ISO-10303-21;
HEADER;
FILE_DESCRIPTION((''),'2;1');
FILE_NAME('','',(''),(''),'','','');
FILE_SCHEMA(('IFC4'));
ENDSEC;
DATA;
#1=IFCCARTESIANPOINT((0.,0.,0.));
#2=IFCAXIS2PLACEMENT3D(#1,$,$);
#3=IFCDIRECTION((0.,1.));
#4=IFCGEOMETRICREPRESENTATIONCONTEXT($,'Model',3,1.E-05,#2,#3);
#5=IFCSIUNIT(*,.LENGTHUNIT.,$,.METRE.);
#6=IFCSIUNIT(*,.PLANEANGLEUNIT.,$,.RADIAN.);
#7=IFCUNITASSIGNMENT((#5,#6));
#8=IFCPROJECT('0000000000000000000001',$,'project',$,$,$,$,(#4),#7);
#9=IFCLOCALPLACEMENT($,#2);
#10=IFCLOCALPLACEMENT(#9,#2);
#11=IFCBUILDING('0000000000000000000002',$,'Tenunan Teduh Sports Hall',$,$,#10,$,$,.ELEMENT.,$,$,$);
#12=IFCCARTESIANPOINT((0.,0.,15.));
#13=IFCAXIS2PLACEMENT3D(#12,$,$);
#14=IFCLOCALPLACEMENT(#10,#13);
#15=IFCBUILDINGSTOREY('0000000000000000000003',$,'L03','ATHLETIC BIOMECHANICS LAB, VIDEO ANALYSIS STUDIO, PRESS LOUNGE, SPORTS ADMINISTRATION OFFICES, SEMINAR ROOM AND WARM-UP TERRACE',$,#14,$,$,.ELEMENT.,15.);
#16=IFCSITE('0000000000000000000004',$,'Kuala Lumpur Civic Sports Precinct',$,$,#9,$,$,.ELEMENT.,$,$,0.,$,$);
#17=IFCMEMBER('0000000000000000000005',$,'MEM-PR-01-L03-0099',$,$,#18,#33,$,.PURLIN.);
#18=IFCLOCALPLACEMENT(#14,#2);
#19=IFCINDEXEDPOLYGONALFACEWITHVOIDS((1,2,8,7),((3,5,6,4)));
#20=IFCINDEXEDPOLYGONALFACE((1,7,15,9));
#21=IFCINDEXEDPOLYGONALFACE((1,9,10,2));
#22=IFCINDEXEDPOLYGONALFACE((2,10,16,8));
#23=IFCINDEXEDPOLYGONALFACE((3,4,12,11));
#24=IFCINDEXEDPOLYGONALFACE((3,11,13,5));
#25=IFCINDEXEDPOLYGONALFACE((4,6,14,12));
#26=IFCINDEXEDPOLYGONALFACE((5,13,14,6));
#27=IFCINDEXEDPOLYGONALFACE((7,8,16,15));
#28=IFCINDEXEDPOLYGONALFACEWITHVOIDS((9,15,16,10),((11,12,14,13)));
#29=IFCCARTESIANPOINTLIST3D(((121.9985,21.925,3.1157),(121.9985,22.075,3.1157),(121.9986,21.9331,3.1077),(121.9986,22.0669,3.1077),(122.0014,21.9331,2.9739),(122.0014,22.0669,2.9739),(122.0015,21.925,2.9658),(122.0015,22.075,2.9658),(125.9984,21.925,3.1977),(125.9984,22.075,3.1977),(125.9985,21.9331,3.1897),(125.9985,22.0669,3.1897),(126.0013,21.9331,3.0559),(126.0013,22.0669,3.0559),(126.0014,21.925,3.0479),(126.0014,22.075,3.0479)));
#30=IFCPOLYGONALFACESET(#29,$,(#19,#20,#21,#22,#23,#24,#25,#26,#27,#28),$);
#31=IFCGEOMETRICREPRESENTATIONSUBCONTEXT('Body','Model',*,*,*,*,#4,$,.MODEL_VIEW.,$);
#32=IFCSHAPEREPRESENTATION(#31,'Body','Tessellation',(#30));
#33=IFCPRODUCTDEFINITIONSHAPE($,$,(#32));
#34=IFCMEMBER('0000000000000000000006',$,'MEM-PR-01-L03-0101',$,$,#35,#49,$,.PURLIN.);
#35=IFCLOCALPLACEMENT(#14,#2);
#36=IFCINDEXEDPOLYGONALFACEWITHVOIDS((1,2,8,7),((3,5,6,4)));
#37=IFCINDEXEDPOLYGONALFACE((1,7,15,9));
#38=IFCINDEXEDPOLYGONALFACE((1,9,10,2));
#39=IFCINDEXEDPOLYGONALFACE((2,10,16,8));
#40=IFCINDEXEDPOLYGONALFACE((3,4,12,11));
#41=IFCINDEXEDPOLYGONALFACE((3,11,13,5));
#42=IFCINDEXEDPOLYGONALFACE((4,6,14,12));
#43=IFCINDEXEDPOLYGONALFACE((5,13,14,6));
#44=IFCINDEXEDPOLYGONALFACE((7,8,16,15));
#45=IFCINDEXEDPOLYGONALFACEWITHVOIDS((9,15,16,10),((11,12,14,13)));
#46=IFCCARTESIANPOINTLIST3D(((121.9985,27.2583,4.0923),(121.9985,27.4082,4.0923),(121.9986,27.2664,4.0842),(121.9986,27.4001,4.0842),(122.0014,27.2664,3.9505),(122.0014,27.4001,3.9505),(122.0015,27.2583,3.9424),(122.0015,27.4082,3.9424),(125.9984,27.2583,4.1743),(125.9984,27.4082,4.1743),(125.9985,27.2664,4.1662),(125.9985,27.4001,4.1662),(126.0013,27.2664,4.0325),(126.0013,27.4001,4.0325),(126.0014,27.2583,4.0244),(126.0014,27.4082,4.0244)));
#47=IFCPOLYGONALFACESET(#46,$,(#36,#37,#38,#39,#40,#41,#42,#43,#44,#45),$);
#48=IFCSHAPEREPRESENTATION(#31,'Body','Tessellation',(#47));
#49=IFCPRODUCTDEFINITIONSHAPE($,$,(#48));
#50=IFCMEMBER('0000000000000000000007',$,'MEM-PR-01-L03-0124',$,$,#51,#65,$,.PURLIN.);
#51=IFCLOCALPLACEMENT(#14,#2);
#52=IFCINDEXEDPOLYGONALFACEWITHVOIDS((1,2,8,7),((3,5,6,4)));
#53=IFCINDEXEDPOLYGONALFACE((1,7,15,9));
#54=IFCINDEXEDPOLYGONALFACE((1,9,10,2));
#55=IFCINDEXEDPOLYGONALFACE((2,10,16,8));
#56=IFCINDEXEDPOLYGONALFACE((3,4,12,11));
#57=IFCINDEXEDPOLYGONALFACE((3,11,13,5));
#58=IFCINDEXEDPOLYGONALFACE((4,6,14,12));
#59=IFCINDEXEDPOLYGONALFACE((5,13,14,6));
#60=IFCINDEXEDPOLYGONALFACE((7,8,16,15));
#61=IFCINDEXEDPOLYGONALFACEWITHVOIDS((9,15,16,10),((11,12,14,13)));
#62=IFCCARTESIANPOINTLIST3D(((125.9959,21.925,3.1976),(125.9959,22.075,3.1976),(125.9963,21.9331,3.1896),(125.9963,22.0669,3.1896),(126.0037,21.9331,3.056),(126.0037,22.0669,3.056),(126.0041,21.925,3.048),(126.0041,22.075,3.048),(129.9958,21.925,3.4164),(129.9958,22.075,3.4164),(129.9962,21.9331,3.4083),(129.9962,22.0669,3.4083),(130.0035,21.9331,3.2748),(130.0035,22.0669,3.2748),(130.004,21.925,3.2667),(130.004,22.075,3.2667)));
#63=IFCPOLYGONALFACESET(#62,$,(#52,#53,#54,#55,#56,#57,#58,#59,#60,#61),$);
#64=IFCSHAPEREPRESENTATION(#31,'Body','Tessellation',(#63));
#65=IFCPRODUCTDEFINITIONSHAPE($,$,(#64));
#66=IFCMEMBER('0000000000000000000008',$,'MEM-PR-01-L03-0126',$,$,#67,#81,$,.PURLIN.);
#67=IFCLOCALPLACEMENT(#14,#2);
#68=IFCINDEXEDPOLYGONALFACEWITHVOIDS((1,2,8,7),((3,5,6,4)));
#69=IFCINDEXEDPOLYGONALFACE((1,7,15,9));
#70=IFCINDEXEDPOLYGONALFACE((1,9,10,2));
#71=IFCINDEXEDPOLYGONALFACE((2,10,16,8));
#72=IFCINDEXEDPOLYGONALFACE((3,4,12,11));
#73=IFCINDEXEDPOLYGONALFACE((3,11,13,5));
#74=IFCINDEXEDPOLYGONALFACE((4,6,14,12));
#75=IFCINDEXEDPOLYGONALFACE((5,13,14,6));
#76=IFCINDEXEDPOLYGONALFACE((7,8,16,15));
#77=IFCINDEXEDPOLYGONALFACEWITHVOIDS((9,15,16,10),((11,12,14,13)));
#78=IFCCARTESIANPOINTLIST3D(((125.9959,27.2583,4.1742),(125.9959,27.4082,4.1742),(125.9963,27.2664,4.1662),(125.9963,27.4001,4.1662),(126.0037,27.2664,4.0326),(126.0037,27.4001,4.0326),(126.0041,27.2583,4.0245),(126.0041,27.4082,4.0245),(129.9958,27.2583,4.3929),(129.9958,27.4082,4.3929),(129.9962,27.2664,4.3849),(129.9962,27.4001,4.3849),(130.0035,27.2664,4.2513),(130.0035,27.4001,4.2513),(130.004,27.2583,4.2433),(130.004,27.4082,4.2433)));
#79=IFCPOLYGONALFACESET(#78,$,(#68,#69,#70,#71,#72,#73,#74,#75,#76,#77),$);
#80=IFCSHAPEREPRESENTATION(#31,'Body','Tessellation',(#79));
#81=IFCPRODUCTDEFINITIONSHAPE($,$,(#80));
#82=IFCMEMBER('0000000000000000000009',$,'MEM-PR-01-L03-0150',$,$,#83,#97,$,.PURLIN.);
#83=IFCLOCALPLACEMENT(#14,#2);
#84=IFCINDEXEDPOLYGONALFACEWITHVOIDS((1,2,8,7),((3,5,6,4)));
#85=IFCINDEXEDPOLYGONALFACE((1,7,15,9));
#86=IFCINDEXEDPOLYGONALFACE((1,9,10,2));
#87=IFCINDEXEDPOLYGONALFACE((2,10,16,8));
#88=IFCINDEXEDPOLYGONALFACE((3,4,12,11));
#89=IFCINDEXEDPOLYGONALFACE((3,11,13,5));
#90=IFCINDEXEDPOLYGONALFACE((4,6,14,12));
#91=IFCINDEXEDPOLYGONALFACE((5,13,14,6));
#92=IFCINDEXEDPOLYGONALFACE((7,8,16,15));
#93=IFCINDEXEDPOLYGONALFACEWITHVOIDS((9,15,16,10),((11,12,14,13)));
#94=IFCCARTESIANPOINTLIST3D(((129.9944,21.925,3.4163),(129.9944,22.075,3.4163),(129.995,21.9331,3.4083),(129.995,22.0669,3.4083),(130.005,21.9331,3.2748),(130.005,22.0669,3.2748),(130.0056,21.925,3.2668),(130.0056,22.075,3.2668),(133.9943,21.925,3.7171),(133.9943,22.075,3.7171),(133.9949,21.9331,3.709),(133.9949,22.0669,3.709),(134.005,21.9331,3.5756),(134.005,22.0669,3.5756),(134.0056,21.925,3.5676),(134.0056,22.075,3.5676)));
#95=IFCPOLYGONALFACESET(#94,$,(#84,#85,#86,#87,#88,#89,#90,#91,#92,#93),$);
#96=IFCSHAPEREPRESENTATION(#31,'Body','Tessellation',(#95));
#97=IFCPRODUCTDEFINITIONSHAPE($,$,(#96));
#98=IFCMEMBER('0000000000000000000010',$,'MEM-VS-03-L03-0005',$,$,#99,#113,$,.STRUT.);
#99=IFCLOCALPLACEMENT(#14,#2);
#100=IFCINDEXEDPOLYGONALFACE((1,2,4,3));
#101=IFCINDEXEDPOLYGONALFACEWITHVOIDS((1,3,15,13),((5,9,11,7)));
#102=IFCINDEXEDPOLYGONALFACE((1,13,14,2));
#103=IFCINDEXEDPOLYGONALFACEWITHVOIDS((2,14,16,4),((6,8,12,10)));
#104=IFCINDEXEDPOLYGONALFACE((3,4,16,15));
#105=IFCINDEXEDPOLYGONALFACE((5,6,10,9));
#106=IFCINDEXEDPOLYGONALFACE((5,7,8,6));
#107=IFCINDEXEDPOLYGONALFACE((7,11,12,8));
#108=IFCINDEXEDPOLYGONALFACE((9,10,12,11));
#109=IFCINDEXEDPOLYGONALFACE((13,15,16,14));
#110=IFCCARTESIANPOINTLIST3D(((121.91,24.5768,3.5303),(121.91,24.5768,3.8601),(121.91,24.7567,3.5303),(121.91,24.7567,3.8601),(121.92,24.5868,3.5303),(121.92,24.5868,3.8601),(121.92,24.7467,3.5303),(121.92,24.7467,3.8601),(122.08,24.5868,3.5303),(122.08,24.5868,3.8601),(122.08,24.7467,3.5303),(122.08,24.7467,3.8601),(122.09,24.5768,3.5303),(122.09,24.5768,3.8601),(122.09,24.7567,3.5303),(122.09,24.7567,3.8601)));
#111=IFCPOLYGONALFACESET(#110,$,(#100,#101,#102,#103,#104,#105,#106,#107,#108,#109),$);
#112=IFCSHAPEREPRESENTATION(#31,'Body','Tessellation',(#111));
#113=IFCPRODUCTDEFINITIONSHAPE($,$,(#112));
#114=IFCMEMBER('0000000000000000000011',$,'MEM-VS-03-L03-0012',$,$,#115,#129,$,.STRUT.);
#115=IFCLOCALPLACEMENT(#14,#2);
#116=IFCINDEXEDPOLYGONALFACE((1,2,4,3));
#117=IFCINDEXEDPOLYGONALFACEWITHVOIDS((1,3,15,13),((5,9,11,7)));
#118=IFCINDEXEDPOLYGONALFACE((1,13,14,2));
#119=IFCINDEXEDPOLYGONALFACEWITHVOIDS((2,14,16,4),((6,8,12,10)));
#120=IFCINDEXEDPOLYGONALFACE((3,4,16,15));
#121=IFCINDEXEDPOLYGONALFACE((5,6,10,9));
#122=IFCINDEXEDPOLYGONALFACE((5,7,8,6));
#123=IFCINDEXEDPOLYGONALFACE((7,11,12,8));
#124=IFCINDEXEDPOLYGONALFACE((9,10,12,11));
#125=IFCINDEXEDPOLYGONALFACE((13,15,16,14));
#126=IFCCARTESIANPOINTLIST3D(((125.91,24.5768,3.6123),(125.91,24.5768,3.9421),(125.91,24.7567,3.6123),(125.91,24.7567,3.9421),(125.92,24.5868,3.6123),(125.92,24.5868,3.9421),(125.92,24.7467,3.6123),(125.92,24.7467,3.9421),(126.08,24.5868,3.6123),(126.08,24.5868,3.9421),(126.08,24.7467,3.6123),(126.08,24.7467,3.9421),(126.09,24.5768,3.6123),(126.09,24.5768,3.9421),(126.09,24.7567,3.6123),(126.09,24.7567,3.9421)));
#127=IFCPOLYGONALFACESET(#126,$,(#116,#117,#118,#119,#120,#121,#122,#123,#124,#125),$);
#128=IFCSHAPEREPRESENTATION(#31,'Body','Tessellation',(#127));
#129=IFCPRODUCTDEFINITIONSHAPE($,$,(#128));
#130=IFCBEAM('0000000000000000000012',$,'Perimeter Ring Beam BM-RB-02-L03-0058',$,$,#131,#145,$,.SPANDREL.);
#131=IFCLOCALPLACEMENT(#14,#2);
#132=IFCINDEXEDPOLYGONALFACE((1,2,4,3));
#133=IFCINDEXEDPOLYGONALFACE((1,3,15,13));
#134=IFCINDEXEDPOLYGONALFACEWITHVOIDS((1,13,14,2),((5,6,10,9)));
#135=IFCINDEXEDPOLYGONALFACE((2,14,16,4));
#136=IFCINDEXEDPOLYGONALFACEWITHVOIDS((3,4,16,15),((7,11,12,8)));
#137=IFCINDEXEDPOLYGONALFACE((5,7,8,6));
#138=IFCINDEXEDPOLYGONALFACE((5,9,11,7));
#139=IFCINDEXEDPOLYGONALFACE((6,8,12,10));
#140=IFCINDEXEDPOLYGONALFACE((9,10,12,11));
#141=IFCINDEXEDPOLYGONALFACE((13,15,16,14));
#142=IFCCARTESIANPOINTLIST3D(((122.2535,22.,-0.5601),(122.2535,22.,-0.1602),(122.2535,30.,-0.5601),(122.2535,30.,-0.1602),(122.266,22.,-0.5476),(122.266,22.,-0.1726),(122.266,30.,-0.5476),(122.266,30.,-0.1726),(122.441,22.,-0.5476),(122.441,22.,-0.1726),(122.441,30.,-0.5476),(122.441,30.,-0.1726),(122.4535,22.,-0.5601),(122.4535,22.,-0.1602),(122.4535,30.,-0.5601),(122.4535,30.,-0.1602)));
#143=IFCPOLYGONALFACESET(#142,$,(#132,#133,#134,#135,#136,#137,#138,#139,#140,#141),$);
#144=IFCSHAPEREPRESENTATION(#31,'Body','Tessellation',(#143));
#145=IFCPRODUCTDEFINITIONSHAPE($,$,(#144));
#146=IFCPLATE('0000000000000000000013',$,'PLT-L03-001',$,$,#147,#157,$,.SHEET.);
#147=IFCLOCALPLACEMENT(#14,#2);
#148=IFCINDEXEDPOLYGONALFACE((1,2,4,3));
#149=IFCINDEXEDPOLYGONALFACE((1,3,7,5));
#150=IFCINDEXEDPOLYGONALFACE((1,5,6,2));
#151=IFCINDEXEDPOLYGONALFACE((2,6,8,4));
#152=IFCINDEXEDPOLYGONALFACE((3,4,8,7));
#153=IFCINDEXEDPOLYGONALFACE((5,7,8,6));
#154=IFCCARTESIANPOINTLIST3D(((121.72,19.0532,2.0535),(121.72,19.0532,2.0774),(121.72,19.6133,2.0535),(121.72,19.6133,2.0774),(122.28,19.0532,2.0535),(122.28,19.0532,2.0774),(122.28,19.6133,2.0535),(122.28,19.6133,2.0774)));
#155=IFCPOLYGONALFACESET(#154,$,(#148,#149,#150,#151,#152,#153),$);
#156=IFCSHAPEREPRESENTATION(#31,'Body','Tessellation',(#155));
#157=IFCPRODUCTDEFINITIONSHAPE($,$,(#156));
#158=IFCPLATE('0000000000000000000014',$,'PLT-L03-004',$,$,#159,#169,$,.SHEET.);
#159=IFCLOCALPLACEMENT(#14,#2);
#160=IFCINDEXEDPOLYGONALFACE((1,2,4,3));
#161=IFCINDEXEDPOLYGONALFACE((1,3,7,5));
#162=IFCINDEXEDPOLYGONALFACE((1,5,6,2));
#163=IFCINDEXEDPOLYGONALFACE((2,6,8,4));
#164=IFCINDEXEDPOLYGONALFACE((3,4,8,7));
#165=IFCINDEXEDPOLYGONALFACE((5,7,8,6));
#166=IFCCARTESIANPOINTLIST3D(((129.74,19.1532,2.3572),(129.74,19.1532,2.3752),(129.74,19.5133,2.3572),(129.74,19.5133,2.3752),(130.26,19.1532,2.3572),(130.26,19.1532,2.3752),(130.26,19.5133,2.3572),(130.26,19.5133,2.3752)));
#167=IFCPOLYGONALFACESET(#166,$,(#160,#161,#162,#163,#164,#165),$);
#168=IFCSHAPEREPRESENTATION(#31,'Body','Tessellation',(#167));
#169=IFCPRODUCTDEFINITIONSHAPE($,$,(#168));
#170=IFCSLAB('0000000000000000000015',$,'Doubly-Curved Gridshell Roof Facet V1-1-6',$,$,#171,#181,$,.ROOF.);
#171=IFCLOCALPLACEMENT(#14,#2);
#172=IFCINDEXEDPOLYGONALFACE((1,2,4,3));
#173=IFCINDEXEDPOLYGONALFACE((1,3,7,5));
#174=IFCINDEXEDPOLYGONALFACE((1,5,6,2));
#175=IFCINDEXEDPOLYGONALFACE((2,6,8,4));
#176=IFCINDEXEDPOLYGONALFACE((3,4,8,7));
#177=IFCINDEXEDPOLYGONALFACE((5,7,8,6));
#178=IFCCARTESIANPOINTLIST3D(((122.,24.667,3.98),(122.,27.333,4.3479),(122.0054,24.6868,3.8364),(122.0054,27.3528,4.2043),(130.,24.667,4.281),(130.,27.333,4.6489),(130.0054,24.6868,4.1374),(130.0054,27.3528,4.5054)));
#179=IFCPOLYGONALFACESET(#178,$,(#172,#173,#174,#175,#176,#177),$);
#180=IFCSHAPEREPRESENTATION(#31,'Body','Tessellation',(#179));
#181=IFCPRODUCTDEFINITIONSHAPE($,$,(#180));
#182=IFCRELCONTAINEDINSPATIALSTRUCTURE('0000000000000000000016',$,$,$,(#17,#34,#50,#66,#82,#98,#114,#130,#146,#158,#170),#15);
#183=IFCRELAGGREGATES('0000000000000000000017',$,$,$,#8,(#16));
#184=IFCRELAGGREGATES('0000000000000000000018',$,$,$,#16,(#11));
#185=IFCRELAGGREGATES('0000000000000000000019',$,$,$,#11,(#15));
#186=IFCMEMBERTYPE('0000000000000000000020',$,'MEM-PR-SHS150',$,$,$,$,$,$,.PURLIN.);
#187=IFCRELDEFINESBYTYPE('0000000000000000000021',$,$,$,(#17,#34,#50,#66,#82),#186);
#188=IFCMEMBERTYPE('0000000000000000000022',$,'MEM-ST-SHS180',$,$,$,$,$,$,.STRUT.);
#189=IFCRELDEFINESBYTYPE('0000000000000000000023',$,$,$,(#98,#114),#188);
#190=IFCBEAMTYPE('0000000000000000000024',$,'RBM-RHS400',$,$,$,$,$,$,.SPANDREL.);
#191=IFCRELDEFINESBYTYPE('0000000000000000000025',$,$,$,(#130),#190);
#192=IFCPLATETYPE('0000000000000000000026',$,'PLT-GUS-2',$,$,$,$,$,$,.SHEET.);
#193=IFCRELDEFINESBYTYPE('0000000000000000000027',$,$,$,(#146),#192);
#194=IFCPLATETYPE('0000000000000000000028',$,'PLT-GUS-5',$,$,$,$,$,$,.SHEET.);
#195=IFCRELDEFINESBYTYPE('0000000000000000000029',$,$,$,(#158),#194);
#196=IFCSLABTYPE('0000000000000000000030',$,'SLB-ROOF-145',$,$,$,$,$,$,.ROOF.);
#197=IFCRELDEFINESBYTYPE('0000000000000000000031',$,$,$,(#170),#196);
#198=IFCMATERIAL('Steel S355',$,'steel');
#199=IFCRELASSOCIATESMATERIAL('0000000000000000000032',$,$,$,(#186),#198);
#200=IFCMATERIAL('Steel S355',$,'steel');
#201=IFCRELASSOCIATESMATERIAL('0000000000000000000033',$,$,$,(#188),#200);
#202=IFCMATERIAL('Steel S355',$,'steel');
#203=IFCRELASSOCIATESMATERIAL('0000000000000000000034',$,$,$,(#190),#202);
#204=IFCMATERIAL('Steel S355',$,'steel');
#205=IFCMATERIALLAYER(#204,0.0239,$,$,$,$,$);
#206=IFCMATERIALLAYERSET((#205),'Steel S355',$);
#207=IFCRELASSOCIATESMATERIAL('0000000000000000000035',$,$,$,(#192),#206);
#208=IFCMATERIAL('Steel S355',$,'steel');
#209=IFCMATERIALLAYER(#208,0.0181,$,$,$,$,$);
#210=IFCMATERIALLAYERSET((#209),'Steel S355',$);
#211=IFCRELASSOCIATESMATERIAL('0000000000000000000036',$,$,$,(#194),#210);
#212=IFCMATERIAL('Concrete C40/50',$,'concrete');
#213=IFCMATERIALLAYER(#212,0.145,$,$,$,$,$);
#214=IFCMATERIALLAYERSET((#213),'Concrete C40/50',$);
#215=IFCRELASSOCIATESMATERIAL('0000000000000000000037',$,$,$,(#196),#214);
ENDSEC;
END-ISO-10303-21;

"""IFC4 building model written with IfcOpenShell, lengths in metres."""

from ifc_helpers import new_model, si_unit, direction, frame, origin, origin_2d, place, context, subcontext, project, spatial, polyline, rectangle, hollow_rectangle, outline, extrude, material, layer, layer_set, material_profile, profile_set, type_object, element, save


model = new_model("IFC4")

# Units and contexts
model_context = context("Model", 3, precision=1e-05, world=origin(), true_north=direction((0.0, 1.0)))
body_context = subcontext(model_context, "Body", "Model", "MODEL_VIEW")
ifc_project = project(units=[si_unit("LENGTHUNIT", "METRE"), si_unit("PLANEANGLEUNIT", "RADIAN")], contexts=[model_context])

# Site, building, storey
site_placement = place(None, origin())
site = spatial("IfcSite", under=ifc_project, at=site_placement, Name="Kuala Lumpur Civic Sports Precinct", CompositionType="ELEMENT", RefElevation=0.0)
building_placement = place(site_placement, origin())
building = spatial("IfcBuilding", under=site, at=building_placement, Name="Tenunan Teduh Sports Hall", CompositionType="ELEMENT")
storey_placement = place(building_placement, frame((0.0, 0.0, 15.0)))
storey = spatial("IfcBuildingStorey", under=building, at=storey_placement, Name="L03", Description="ATHLETIC BIOMECHANICS LAB, VIDEO ANALYSIS STUDIO, PRESS LOUNGE, SPORTS ADMINISTRATION OFFICES, SEMINAR ROOM AND WARM-UP TERRACE", CompositionType="ELEMENT", Elevation=15.0)

# Members
ifc_material_1 = material(Name="Steel S355", Category="steel")
ifc_material_profile_1 = material_profile(ifc_material_1, hollow_rectangle(XDim=0.1499, YDim=0.1499, WallThickness=0.0081, at=origin_2d()), Name="SHS 150x150x8.0")
ifc_profile_set_1 = profile_set([ifc_material_profile_1], Name="Steel S355")
member_type_1 = type_object("IfcMemberType", Name="MEM-PR-SHS150", PredefinedType="PURLIN", material=ifc_profile_set_1)
for number, where, z_axis, x_axis, name in (
    (1, (122.0, 22.0, 3.0408), (0.99979, 0.0, 0.020504), (0.0, 1.0, 0.0), "MEM-PR-01-L03-0099"),
    (2, (122.0, 27.3333, 4.0173), (0.99979, 0.0, 0.020504), (0.0, 1.0, 0.0), "MEM-PR-01-L03-0101"),
):
    element("IfcMember", number, at=place(storey_placement, frame(where, z_axis=z_axis, x_axis=x_axis)), inside=storey, type_object=member_type_1, Name=name, PredefinedType="PURLIN", context=body_context, shape_type="SweptSolid", body=[
        extrude(hollow_rectangle(XDim=0.1499, YDim=0.1499, WallThickness=0.0081, at=origin_2d()), origin(), (0.0, 0.0, 1.0), 4.0007),
    ])
for number, where, z_axis, x_axis, name in (
    (3, (126.0, 22.0, 3.1228), (0.998508, 0.0, 0.054606), (0.0, 1.0, 0.0), "MEM-PR-01-L03-0124"),
    (4, (126.0, 27.3333, 4.0994), (0.998508, 0.0, 0.054606), (0.0, 1.0, 0.0), "MEM-PR-01-L03-0126"),
):
    element("IfcMember", number, at=place(storey_placement, frame(where, z_axis=z_axis, x_axis=x_axis)), inside=storey, type_object=member_type_1, Name=name, PredefinedType="PURLIN", context=body_context, shape_type="SweptSolid", body=[
        extrude(hollow_rectangle(XDim=0.1499, YDim=0.1499, WallThickness=0.0081, at=origin_2d()), origin(), (0.0, 0.0, 1.0), 4.0059),
    ])
member_1_placement = place(storey_placement, frame((130.0, 22.0, 3.3416), z_axis=(0.997185, 0.0, 0.074984), x_axis=(0.0, 1.0, 0.0)))
element("IfcMember", 5, at=member_1_placement, inside=storey, type_object=member_type_1, Name="MEM-PR-01-L03-0150", PredefinedType="PURLIN", context=body_context, shape_type="SweptSolid", body=[
    extrude(hollow_rectangle(XDim=0.1499, YDim=0.1499, WallThickness=0.0081, at=origin_2d()), origin(), (0.0, 0.0, 1.0), 4.0112),
])
ifc_material_2 = material(Name="Steel S355", Category="steel")
ifc_material_profile_2 = material_profile(ifc_material_2, hollow_rectangle(XDim=0.1799, YDim=0.1799, WallThickness=0.01, at=origin_2d()), Name="SHS 180x180x10.0")
ifc_profile_set_2 = profile_set([ifc_material_profile_2], Name="Steel S355")
member_type_2 = type_object("IfcMemberType", Name="MEM-ST-SHS180", PredefinedType="STRUT", material=ifc_profile_set_2)
for number, where, z_axis, x_axis, name in (
    (6, (122.0, 24.6667, 3.5303), (0.0, 0.0, 1.0), (1.0, 0.0, 0.0), "MEM-VS-03-L03-0005"),
    (7, (126.0, 24.6667, 3.6123), (0.0, 0.0, 1.0), (1.0, 0.0, 0.0), "MEM-VS-03-L03-0012"),
):
    element("IfcMember", number, at=place(storey_placement, frame(where, z_axis=z_axis, x_axis=x_axis)), inside=storey, type_object=member_type_2, Name=name, PredefinedType="STRUT", context=body_context, shape_type="SweptSolid", body=[
        extrude(hollow_rectangle(XDim=0.1799, YDim=0.1799, WallThickness=0.01, at=origin_2d()), origin(), (0.0, 0.0, 1.0), 0.3298),
    ])

# Beam
ifc_material_3 = material(Name="Steel S355", Category="steel")
ifc_material_profile_3 = material_profile(ifc_material_3, hollow_rectangle(XDim=0.2, YDim=0.3999, WallThickness=0.0125, at=origin_2d()), Name="RHS 400x200x12.5")
ifc_profile_set_3 = profile_set([ifc_material_profile_3], Name="Steel S355")
beam_type_1 = type_object("IfcBeamType", Name="RBM-RHS400", PredefinedType="SPANDREL", material=ifc_profile_set_3)
beam_1_placement = place(storey_placement, frame((122.3535, 22.0, -0.3601), z_axis=(0.0, 1.0, 0.0), x_axis=(-1.0, 0.0, 0.0)))
element("IfcBeam", 8, at=beam_1_placement, inside=storey, type_object=beam_type_1, Name="Perimeter Ring Beam BM-RB-02-L03-0058", PredefinedType="SPANDREL", context=body_context, shape_type="SweptSolid", body=[
    extrude(hollow_rectangle(XDim=0.2, YDim=0.3999, WallThickness=0.0125, at=origin_2d()), origin(), (0.0, 0.0, 1.0), 8.0),
])

# Plates
ifc_material_4 = material(Name="Steel S355", Category="steel")
ifc_layer_1 = layer(ifc_material_4, 0.0239)
ifc_layer_set_1 = layer_set([ifc_layer_1], Name="Steel S355")
plate_type_1 = type_object("IfcPlateType", Name="PLT-GUS-2", PredefinedType="SHEET", material=ifc_layer_set_1)
plate_1_placement = place(storey_placement, frame((122.0, 19.3333, 2.0535), z_axis=(0.0, 0.0, 1.0), x_axis=(1.0, 0.0, 0.0)))
element("IfcPlate", 9, at=plate_1_placement, inside=storey, type_object=plate_type_1, Name="PLT-L03-001", PredefinedType="SHEET", context=body_context, shape_type="SweptSolid", body=[
    extrude(rectangle(XDim=0.5601, YDim=0.5601, at=origin_2d()), origin(), (0.0, 0.0, 1.0), 0.0239),
])
ifc_material_5 = material(Name="Steel S355", Category="steel")
ifc_layer_2 = layer(ifc_material_5, 0.0181)
ifc_layer_set_2 = layer_set([ifc_layer_2], Name="Steel S355")
plate_type_2 = type_object("IfcPlateType", Name="PLT-GUS-5", PredefinedType="SHEET", material=ifc_layer_set_2)
plate_2_placement = place(storey_placement, frame((130.0, 19.3333, 2.3572), z_axis=(0.0, 0.0, 1.0), x_axis=(1.0, 0.0, 0.0)))
element("IfcPlate", 10, at=plate_2_placement, inside=storey, type_object=plate_type_2, Name="PLT-L03-004", PredefinedType="SHEET", context=body_context, shape_type="SweptSolid", body=[
    extrude(rectangle(XDim=0.52, YDim=0.3601, at=origin_2d()), origin(), (0.0, 0.0, 1.0), 0.0181),
])

# Slab
ifc_material_6 = material(Name="Concrete C40/50", Category="concrete")
ifc_layer_3 = layer(ifc_material_6, 0.145)
ifc_layer_set_3 = layer_set([ifc_layer_3], Name="Concrete C40/50")
slab_type_1 = type_object("IfcSlabType", Name="SLB-ROOF-145", PredefinedType="ROOF", material=ifc_layer_set_3)
slab_1_placement = place(storey_placement, frame((122.0, 24.667, 3.98), z_axis=(-0.037249, -0.136613, 0.989924), x_axis=(0.999293, 0.0, 0.037602)))
element("IfcSlab", 11, at=slab_1_placement, inside=storey, type_object=slab_type_1, Name="Doubly-Curved Gridshell Roof Facet V1-1-6", PredefinedType="ROOF", context=body_context, shape_type="SweptSolid", body=[
    extrude(outline(polyline([(0.0, 0.0), (8.0057, 0.0), (8.0195, 2.6912), (0.0138, 2.6912), (0.0, 0.0)])), origin(), (0.0, 0.0, -1.0), 0.145),
])

save(model, "model.ifc")
